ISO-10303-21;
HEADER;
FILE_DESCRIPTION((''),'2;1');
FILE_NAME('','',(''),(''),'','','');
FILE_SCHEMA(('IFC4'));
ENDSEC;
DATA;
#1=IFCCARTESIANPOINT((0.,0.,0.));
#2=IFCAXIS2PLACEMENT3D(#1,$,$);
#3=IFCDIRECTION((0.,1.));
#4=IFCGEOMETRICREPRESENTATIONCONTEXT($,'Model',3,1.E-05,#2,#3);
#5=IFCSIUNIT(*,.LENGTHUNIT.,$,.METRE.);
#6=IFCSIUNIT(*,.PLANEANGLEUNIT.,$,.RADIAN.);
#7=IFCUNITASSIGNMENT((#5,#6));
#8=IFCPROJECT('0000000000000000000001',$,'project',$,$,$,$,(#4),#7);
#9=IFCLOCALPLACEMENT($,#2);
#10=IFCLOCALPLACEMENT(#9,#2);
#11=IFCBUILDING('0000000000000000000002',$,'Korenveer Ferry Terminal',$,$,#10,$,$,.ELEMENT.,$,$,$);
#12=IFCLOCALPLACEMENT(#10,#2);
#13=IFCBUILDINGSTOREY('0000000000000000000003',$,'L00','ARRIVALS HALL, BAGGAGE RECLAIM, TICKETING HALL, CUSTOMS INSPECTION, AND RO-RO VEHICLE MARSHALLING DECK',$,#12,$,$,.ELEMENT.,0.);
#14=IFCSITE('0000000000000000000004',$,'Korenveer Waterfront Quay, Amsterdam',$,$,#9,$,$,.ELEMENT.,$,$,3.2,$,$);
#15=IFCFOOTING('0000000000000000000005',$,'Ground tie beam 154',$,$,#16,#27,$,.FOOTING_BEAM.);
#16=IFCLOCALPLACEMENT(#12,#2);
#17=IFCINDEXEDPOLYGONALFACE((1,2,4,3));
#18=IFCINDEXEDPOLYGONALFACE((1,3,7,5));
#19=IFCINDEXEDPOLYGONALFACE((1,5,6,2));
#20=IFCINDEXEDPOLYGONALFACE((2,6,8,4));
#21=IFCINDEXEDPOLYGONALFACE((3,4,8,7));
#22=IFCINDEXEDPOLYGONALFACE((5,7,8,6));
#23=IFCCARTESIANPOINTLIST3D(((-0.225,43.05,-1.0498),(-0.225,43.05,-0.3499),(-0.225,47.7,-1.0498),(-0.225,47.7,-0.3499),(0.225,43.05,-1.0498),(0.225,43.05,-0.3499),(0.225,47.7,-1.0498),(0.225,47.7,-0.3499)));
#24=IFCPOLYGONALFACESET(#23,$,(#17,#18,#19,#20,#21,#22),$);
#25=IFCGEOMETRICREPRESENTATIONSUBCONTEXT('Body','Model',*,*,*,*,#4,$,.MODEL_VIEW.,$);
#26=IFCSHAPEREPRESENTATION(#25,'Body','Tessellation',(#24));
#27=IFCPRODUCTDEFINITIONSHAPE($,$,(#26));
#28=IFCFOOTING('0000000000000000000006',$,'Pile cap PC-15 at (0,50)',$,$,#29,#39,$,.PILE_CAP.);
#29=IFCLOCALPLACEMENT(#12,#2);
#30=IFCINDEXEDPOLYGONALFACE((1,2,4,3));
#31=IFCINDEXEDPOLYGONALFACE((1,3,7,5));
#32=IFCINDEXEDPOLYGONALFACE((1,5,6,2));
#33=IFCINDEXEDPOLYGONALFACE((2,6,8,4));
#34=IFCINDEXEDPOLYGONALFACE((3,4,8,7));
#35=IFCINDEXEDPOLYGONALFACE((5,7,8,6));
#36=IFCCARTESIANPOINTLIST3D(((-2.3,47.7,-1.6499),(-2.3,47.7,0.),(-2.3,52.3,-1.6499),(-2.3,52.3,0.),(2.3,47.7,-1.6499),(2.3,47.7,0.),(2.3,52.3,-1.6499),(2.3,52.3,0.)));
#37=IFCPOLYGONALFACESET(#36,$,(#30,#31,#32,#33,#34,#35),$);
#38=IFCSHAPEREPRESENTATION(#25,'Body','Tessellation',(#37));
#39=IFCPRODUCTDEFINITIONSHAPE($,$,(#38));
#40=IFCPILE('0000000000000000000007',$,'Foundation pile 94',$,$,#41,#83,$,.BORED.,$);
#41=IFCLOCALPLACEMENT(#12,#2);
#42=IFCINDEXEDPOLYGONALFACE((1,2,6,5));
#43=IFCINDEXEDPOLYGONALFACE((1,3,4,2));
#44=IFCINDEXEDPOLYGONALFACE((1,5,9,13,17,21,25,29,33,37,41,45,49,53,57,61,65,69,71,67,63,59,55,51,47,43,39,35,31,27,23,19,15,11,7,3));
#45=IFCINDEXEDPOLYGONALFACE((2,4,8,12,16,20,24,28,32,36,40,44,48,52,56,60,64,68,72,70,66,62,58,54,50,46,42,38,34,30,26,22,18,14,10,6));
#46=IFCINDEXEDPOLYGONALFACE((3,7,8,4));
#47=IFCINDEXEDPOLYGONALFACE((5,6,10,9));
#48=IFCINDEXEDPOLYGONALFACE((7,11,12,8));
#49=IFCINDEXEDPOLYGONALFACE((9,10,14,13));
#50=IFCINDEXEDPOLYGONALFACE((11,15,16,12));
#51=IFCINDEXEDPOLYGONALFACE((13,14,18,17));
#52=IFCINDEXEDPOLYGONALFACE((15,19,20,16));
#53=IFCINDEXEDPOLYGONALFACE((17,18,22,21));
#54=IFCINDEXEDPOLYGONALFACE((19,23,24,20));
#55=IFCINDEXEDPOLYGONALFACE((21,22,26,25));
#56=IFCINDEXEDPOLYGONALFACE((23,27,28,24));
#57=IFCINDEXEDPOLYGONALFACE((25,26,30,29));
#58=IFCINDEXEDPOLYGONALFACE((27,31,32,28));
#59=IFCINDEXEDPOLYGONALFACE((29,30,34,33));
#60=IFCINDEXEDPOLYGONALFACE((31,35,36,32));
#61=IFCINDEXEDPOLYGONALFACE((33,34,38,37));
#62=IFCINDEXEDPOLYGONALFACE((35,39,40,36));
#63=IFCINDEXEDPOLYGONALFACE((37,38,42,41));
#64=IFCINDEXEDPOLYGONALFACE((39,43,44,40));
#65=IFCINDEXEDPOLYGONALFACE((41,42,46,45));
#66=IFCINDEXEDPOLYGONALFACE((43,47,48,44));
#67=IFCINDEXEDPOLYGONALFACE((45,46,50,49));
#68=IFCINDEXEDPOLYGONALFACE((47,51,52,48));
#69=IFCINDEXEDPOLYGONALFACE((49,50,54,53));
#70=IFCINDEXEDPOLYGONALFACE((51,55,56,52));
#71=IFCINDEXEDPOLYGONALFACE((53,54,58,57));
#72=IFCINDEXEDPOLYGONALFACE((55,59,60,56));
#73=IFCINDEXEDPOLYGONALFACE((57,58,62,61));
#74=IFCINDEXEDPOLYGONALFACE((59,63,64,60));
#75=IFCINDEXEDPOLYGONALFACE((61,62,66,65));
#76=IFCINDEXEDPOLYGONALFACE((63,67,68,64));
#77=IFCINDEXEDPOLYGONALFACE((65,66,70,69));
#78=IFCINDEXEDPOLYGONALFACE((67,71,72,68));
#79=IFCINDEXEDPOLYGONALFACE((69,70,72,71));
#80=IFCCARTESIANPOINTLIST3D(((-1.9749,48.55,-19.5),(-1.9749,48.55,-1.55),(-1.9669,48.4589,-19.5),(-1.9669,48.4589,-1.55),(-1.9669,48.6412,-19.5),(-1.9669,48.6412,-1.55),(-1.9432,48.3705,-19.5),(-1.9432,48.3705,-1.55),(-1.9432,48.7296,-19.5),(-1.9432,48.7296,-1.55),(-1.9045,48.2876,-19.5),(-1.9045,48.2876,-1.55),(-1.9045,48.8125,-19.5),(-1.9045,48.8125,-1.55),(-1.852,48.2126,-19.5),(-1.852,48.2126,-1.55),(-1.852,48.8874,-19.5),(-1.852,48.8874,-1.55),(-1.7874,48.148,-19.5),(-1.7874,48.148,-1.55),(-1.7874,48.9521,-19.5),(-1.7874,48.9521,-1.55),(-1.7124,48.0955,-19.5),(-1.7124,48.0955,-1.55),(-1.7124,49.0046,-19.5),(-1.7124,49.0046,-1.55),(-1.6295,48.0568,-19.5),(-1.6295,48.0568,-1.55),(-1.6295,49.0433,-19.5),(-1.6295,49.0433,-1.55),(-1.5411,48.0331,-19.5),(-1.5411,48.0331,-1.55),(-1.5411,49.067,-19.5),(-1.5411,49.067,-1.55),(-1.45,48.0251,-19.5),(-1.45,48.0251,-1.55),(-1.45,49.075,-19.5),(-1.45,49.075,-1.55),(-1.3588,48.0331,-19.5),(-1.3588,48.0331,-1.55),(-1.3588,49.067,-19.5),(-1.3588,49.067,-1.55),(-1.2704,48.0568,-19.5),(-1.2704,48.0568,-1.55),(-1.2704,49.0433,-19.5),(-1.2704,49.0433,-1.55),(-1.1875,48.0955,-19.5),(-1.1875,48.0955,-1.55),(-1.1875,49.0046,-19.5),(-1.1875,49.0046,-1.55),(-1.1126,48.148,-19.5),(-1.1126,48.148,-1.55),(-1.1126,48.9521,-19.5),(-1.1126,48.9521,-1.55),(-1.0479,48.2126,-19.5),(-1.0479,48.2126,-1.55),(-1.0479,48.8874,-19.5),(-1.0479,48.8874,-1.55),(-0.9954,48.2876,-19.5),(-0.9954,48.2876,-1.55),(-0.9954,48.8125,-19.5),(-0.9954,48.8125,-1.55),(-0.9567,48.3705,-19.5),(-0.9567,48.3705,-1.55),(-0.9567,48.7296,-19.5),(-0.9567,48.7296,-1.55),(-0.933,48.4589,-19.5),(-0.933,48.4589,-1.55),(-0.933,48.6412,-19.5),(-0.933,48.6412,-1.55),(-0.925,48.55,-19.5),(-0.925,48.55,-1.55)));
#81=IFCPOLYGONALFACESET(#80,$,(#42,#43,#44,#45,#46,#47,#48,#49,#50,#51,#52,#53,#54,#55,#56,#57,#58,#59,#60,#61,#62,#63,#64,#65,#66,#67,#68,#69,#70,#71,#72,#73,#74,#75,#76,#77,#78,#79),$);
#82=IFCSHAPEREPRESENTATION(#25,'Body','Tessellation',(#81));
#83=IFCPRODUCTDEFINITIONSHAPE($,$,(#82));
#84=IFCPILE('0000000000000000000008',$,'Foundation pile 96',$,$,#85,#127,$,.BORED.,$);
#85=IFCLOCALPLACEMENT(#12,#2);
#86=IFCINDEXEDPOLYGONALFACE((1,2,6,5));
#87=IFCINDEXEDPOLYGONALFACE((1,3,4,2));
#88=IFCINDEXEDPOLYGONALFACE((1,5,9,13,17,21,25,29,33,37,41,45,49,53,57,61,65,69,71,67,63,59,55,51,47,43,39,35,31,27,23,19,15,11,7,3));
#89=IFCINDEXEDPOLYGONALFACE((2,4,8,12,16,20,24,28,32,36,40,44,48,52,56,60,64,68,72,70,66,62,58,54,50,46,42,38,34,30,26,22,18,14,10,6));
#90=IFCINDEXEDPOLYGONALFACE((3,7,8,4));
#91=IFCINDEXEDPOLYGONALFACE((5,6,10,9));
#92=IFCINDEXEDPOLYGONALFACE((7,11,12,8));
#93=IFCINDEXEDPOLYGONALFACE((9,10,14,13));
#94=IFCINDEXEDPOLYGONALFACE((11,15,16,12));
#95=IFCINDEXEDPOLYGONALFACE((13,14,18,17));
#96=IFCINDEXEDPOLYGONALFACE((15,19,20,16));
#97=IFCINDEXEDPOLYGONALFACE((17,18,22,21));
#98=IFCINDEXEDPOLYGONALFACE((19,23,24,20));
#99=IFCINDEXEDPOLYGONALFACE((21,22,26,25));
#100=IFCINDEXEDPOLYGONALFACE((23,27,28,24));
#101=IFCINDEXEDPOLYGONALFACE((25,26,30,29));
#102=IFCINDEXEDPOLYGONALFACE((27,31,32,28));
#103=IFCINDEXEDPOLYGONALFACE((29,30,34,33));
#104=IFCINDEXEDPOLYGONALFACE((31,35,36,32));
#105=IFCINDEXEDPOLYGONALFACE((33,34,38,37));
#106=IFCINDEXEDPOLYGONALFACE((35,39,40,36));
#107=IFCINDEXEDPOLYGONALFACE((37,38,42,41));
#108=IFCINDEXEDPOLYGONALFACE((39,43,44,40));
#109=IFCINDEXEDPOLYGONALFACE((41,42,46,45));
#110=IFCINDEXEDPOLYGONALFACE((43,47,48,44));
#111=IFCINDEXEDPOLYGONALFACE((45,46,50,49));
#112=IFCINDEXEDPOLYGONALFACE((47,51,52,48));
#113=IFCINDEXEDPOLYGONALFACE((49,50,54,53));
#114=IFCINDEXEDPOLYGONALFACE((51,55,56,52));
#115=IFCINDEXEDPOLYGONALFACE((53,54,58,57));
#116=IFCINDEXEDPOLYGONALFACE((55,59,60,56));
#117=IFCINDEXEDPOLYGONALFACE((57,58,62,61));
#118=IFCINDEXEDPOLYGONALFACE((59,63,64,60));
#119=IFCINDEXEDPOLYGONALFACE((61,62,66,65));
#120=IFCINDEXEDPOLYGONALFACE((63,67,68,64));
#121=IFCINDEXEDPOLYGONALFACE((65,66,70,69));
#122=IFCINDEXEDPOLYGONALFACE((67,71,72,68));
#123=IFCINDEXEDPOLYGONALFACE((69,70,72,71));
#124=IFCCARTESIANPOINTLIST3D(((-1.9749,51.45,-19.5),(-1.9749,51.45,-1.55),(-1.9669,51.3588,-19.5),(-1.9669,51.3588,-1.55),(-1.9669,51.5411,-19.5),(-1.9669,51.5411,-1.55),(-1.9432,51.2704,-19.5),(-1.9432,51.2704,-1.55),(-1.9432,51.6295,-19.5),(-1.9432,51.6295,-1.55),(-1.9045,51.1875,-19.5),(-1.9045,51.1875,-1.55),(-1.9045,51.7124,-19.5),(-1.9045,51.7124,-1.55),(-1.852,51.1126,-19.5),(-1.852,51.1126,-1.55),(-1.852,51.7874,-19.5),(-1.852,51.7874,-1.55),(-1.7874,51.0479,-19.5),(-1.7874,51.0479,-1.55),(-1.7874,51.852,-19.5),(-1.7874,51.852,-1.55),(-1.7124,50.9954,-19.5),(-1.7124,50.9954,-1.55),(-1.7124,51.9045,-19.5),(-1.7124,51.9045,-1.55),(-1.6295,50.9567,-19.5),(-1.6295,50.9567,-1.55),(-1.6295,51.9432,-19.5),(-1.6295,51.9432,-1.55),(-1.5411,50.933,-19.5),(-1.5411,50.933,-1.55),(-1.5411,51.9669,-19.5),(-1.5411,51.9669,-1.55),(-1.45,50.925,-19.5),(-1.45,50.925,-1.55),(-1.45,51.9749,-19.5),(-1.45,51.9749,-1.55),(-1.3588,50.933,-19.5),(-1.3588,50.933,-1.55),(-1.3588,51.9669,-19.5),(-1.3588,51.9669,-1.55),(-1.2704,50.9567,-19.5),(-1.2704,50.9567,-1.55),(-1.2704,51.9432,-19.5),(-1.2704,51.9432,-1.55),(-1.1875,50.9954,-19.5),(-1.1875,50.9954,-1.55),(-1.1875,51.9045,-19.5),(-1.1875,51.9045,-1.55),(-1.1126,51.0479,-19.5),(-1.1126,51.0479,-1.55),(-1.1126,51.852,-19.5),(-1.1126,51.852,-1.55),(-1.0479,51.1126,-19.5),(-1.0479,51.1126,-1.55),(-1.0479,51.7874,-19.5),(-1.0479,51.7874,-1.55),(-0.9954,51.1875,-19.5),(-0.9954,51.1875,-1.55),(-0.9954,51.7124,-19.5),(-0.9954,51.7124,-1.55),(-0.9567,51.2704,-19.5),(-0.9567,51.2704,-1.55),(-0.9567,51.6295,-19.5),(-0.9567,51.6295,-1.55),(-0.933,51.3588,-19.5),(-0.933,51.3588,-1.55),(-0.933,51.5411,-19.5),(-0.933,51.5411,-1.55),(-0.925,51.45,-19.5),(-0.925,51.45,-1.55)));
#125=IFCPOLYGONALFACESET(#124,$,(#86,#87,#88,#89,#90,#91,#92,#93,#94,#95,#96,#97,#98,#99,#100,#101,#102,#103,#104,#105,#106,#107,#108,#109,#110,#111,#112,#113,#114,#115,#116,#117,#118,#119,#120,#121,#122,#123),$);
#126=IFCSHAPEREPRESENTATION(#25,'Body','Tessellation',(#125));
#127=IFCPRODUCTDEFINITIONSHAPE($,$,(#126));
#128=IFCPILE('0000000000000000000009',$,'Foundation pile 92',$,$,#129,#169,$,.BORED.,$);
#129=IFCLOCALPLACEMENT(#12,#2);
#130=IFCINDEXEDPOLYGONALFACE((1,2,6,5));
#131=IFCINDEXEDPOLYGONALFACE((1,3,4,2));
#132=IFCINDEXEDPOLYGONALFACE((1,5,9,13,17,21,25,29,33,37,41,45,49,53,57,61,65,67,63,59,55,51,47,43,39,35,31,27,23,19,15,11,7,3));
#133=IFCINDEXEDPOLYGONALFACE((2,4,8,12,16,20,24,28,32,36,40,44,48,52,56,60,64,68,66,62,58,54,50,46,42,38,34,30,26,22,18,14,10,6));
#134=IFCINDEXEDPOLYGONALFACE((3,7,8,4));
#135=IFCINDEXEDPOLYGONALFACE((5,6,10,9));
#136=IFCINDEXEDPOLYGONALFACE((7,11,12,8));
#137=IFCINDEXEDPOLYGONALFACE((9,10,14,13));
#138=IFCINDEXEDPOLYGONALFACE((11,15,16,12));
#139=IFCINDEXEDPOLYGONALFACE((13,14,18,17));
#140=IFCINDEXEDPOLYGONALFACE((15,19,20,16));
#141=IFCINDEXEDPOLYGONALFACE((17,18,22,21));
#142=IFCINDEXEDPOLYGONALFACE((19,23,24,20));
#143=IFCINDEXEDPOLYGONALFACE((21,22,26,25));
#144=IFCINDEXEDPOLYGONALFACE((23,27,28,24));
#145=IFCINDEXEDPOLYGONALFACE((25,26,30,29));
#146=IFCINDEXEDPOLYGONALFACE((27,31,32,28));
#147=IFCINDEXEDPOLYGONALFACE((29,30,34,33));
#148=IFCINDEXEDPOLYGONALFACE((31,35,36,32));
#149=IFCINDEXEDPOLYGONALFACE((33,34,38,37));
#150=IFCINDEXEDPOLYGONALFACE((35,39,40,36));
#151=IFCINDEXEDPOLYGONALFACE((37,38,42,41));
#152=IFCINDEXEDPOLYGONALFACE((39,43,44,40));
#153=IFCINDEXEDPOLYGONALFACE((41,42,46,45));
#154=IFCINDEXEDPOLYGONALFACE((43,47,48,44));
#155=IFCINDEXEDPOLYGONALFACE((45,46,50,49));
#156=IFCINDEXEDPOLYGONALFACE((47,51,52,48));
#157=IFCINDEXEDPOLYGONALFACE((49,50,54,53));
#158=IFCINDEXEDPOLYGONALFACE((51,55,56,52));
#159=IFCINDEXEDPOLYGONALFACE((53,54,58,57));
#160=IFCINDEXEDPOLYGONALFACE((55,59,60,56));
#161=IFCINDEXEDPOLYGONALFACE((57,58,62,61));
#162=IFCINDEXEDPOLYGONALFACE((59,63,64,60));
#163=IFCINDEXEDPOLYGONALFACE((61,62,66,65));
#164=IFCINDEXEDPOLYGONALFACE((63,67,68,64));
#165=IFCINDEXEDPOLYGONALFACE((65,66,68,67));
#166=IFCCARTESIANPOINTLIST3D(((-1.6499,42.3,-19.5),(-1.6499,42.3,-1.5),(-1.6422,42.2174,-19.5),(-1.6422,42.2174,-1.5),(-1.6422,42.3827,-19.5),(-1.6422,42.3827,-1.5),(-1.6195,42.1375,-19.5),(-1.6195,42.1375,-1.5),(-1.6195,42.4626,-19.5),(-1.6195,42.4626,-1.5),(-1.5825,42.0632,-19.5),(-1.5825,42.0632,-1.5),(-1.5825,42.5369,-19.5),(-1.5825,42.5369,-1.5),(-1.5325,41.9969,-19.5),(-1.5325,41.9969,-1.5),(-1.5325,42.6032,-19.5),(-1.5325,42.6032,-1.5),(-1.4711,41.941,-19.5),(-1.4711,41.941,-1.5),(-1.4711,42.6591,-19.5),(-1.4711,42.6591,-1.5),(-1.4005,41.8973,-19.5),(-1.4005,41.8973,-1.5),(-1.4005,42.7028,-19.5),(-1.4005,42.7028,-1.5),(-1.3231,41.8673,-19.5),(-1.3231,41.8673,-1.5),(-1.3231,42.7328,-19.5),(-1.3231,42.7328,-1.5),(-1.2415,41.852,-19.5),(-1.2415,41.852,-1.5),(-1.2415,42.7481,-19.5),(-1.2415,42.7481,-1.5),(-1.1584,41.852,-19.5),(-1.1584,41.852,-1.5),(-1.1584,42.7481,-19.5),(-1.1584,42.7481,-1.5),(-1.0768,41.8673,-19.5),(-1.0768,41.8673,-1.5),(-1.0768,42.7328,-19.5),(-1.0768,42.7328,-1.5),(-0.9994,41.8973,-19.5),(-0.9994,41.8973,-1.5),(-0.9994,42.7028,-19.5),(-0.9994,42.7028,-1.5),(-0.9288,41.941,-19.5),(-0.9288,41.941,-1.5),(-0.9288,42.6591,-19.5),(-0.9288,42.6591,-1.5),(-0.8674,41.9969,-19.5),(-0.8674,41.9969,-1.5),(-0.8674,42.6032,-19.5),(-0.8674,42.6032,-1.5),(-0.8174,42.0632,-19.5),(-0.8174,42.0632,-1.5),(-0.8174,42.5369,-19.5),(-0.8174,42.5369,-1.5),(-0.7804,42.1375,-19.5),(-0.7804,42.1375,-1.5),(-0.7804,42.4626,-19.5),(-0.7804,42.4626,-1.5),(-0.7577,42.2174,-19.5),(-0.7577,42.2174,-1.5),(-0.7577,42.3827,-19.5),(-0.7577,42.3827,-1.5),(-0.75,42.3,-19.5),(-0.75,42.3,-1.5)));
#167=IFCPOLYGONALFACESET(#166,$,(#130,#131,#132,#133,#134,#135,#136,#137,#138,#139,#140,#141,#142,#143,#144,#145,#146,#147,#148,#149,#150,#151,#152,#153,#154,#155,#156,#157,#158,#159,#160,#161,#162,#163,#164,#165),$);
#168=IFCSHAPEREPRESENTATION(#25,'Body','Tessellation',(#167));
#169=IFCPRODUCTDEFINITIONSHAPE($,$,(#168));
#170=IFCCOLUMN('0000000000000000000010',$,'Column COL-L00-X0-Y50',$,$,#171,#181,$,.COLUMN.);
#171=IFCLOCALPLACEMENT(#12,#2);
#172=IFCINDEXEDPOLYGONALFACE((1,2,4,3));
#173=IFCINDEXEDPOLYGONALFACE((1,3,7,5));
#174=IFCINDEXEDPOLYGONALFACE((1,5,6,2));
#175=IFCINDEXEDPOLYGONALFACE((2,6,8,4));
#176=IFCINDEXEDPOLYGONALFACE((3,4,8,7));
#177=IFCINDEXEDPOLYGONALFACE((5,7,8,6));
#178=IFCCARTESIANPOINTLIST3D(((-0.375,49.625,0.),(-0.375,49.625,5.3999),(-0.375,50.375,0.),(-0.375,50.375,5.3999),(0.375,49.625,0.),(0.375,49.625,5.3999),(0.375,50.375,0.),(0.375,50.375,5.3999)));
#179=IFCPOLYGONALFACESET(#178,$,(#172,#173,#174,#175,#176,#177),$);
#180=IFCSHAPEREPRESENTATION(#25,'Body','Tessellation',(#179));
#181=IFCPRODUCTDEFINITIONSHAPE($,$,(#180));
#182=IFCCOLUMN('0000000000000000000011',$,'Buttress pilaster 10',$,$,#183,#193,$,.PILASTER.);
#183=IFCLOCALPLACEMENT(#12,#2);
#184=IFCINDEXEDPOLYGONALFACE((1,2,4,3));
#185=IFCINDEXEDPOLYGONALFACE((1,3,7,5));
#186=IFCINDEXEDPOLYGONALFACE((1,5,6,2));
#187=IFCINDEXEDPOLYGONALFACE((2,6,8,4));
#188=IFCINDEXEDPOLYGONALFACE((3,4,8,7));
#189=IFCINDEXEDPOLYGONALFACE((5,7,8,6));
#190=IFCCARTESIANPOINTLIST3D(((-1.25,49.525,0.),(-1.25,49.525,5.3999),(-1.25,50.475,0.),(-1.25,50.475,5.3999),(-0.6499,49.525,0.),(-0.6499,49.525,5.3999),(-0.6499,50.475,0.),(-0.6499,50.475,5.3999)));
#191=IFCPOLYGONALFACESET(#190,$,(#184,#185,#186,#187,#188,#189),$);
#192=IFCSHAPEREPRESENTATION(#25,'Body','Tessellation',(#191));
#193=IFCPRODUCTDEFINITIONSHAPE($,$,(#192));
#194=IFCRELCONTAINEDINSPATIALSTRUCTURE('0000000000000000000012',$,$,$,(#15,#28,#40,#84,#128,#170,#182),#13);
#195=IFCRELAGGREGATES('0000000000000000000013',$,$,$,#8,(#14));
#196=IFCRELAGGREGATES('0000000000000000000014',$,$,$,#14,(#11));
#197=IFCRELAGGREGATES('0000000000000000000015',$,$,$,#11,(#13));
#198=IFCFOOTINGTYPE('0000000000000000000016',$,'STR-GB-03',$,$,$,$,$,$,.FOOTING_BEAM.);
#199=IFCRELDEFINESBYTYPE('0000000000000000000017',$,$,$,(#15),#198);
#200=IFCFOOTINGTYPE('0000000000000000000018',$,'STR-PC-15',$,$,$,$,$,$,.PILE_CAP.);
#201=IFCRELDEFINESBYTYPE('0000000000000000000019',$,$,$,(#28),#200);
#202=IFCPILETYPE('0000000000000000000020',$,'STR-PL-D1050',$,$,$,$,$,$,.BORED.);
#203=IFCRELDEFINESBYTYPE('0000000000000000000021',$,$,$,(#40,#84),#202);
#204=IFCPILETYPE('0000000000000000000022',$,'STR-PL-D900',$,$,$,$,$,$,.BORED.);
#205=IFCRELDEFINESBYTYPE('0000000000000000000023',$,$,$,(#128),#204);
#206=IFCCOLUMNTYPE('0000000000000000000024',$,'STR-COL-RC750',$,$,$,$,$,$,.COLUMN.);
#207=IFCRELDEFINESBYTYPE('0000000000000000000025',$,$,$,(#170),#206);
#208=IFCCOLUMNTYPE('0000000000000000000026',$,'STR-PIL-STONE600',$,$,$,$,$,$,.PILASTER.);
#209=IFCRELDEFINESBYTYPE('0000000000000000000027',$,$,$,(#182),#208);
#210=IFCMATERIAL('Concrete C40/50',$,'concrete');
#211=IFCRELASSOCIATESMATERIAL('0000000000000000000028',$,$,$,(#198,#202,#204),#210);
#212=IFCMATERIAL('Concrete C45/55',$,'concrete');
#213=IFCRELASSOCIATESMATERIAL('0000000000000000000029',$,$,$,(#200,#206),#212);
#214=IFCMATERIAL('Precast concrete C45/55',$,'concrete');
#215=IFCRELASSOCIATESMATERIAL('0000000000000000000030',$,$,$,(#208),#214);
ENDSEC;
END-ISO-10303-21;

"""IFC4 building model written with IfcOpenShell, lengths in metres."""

from ifc_helpers import new_model, si_unit, direction, frame, origin, origin_2d, place, context, subcontext, project, spatial, rectangle, circle, extrude, material, material_profile, profile_set, type_object, element, save


model = new_model("IFC4")

# Units and contexts
model_context = context("Model", 3, precision=1e-05, world=origin(), true_north=direction((0.0, 1.0)))
body_context = subcontext(model_context, "Body", "Model", "MODEL_VIEW")
ifc_project = project(units=[si_unit("LENGTHUNIT", "METRE"), si_unit("PLANEANGLEUNIT", "RADIAN")], contexts=[model_context])

# Site, building, storey
site_placement = place(None, origin())
site = spatial("IfcSite", under=ifc_project, at=site_placement, Name="Korenveer Waterfront Quay, Amsterdam", CompositionType="ELEMENT", RefElevation=3.2)
building_placement = place(site_placement, origin())
building = spatial("IfcBuilding", under=site, at=building_placement, Name="Korenveer Ferry Terminal", CompositionType="ELEMENT")
storey_placement = place(building_placement, origin())
storey = spatial("IfcBuildingStorey", under=building, at=storey_placement, Name="L00", Description="ARRIVALS HALL, BAGGAGE RECLAIM, TICKETING HALL, CUSTOMS INSPECTION, AND RO-RO VEHICLE MARSHALLING DECK", CompositionType="ELEMENT", Elevation=0.0)

# Footings
ifc_material_1 = material(Name="Concrete C40/50", Category="concrete")
footing_type_1 = type_object("IfcFootingType", Name="STR-GB-03", PredefinedType="FOOTING_BEAM", material=ifc_material_1)
footing_1_placement = place(storey_placement, frame((0.0, 45.375, -1.0498), z_axis=(0.0, 0.0, 1.0), x_axis=(1.0, 0.0, 0.0)))
element("IfcFooting", 1, at=footing_1_placement, inside=storey, type_object=footing_type_1, Name="Ground tie beam 154", PredefinedType="FOOTING_BEAM", context=body_context, shape_type="SweptSolid", body=[
    extrude(rectangle(XDim=0.45, YDim=4.6499, at=origin_2d()), origin(), (0.0, 0.0, 1.0), 0.7),
])
ifc_material_2 = material(Name="Concrete C45/55", Category="concrete")
footing_type_2 = type_object("IfcFootingType", Name="STR-PC-15", PredefinedType="PILE_CAP", material=ifc_material_2)
footing_2_placement = place(storey_placement, frame((0.0, 50.0, -1.6499), z_axis=(0.0, 0.0, 1.0), x_axis=(1.0, 0.0, 0.0)))
element("IfcFooting", 2, at=footing_2_placement, inside=storey, type_object=footing_type_2, Name="Pile cap PC-15 at (0,50)", PredefinedType="PILE_CAP", context=body_context, shape_type="SweptSolid", body=[
    extrude(rectangle(XDim=4.6001, YDim=4.6001, at=origin_2d()), origin(), (0.0, 0.0, 1.0), 1.6499),
])

# Piles
ifc_material_profile_1 = material_profile(ifc_material_1, circle(Radius=0.5249, at=origin_2d()), Name="PILE D1050")
ifc_profile_set_1 = profile_set([ifc_material_profile_1], Name="Concrete C40/50")
pile_type_1 = type_object("IfcPileType", Name="STR-PL-D1050", PredefinedType="BORED", material=ifc_profile_set_1)
for number, where, z_axis, x_axis, name in (
    (3, (-1.45, 48.55, -1.55), (0.0, 0.0, -1.0), (1.0, 0.0, 0.0), "Foundation pile 94"),
    (4, (-1.45, 51.45, -1.55), (0.0, 0.0, -1.0), (1.0, 0.0, 0.0), "Foundation pile 96"),
):
    element("IfcPile", number, at=place(storey_placement, frame(where, z_axis=z_axis, x_axis=x_axis)), inside=storey, type_object=pile_type_1, Name=name, PredefinedType="BORED", context=body_context, shape_type="SweptSolid", body=[
        extrude(circle(Radius=0.5249, at=origin_2d()), origin(), (0.0, 0.0, 1.0), 17.95),
    ])
ifc_material_profile_2 = material_profile(ifc_material_1, circle(Radius=0.45, at=origin_2d()), Name="PILE D900")
ifc_profile_set_2 = profile_set([ifc_material_profile_2], Name="Concrete C40/50")
pile_type_2 = type_object("IfcPileType", Name="STR-PL-D900", PredefinedType="BORED", material=ifc_profile_set_2)
pile_placement = place(storey_placement, frame((-1.2, 42.3, -1.5), z_axis=(0.0, 0.0, -1.0), x_axis=(1.0, 0.0, 0.0)))
element("IfcPile", 5, at=pile_placement, inside=storey, type_object=pile_type_2, Name="Foundation pile 92", PredefinedType="BORED", context=body_context, shape_type="SweptSolid", body=[
    extrude(circle(Radius=0.45, at=origin_2d()), origin(), (0.0, 0.0, 1.0), 18.0),
])

# Columns
ifc_material_profile_3 = material_profile(ifc_material_2, rectangle(XDim=0.75, YDim=0.75, at=origin_2d()), Name="RC 750x750")
ifc_profile_set_3 = profile_set([ifc_material_profile_3], Name="Concrete C45/55")
column_type_1 = type_object("IfcColumnType", Name="STR-COL-RC750", PredefinedType="COLUMN", material=ifc_profile_set_3)
column_1_placement = place(storey_placement, frame((0.0, 50.0, 0.0), z_axis=(0.0, 0.0, 1.0), x_axis=(1.0, 0.0, 0.0)))
element("IfcColumn", 6, at=column_1_placement, inside=storey, type_object=column_type_1, Name="Column COL-L00-X0-Y50", PredefinedType="COLUMN", context=body_context, shape_type="SweptSolid", body=[
    extrude(rectangle(XDim=0.75, YDim=0.75, at=origin_2d()), origin(), (0.0, 0.0, 1.0), 5.3999),
])
ifc_material_3 = material(Name="Precast concrete C45/55", Category="concrete")
ifc_material_profile_4 = material_profile(ifc_material_3, rectangle(XDim=0.6001, YDim=0.95, at=origin_2d()), Name="RC 600x950")
ifc_profile_set_4 = profile_set([ifc_material_profile_4], Name="Precast concrete C45/55")
column_type_2 = type_object("IfcColumnType", Name="STR-PIL-STONE600", PredefinedType="PILASTER", material=ifc_profile_set_4)
column_2_placement = place(storey_placement, frame((-0.95, 50.0, 0.0), z_axis=(0.0, 0.0, 1.0), x_axis=(1.0, 0.0, 0.0)))
element("IfcColumn", 7, at=column_2_placement, inside=storey, type_object=column_type_2, Name="Buttress pilaster 10", PredefinedType="PILASTER", context=body_context, shape_type="SweptSolid", body=[
    extrude(rectangle(XDim=0.6001, YDim=0.95, at=origin_2d()), origin(), (0.0, 0.0, 1.0), 5.3999),
])

save(model, "model.ifc")
